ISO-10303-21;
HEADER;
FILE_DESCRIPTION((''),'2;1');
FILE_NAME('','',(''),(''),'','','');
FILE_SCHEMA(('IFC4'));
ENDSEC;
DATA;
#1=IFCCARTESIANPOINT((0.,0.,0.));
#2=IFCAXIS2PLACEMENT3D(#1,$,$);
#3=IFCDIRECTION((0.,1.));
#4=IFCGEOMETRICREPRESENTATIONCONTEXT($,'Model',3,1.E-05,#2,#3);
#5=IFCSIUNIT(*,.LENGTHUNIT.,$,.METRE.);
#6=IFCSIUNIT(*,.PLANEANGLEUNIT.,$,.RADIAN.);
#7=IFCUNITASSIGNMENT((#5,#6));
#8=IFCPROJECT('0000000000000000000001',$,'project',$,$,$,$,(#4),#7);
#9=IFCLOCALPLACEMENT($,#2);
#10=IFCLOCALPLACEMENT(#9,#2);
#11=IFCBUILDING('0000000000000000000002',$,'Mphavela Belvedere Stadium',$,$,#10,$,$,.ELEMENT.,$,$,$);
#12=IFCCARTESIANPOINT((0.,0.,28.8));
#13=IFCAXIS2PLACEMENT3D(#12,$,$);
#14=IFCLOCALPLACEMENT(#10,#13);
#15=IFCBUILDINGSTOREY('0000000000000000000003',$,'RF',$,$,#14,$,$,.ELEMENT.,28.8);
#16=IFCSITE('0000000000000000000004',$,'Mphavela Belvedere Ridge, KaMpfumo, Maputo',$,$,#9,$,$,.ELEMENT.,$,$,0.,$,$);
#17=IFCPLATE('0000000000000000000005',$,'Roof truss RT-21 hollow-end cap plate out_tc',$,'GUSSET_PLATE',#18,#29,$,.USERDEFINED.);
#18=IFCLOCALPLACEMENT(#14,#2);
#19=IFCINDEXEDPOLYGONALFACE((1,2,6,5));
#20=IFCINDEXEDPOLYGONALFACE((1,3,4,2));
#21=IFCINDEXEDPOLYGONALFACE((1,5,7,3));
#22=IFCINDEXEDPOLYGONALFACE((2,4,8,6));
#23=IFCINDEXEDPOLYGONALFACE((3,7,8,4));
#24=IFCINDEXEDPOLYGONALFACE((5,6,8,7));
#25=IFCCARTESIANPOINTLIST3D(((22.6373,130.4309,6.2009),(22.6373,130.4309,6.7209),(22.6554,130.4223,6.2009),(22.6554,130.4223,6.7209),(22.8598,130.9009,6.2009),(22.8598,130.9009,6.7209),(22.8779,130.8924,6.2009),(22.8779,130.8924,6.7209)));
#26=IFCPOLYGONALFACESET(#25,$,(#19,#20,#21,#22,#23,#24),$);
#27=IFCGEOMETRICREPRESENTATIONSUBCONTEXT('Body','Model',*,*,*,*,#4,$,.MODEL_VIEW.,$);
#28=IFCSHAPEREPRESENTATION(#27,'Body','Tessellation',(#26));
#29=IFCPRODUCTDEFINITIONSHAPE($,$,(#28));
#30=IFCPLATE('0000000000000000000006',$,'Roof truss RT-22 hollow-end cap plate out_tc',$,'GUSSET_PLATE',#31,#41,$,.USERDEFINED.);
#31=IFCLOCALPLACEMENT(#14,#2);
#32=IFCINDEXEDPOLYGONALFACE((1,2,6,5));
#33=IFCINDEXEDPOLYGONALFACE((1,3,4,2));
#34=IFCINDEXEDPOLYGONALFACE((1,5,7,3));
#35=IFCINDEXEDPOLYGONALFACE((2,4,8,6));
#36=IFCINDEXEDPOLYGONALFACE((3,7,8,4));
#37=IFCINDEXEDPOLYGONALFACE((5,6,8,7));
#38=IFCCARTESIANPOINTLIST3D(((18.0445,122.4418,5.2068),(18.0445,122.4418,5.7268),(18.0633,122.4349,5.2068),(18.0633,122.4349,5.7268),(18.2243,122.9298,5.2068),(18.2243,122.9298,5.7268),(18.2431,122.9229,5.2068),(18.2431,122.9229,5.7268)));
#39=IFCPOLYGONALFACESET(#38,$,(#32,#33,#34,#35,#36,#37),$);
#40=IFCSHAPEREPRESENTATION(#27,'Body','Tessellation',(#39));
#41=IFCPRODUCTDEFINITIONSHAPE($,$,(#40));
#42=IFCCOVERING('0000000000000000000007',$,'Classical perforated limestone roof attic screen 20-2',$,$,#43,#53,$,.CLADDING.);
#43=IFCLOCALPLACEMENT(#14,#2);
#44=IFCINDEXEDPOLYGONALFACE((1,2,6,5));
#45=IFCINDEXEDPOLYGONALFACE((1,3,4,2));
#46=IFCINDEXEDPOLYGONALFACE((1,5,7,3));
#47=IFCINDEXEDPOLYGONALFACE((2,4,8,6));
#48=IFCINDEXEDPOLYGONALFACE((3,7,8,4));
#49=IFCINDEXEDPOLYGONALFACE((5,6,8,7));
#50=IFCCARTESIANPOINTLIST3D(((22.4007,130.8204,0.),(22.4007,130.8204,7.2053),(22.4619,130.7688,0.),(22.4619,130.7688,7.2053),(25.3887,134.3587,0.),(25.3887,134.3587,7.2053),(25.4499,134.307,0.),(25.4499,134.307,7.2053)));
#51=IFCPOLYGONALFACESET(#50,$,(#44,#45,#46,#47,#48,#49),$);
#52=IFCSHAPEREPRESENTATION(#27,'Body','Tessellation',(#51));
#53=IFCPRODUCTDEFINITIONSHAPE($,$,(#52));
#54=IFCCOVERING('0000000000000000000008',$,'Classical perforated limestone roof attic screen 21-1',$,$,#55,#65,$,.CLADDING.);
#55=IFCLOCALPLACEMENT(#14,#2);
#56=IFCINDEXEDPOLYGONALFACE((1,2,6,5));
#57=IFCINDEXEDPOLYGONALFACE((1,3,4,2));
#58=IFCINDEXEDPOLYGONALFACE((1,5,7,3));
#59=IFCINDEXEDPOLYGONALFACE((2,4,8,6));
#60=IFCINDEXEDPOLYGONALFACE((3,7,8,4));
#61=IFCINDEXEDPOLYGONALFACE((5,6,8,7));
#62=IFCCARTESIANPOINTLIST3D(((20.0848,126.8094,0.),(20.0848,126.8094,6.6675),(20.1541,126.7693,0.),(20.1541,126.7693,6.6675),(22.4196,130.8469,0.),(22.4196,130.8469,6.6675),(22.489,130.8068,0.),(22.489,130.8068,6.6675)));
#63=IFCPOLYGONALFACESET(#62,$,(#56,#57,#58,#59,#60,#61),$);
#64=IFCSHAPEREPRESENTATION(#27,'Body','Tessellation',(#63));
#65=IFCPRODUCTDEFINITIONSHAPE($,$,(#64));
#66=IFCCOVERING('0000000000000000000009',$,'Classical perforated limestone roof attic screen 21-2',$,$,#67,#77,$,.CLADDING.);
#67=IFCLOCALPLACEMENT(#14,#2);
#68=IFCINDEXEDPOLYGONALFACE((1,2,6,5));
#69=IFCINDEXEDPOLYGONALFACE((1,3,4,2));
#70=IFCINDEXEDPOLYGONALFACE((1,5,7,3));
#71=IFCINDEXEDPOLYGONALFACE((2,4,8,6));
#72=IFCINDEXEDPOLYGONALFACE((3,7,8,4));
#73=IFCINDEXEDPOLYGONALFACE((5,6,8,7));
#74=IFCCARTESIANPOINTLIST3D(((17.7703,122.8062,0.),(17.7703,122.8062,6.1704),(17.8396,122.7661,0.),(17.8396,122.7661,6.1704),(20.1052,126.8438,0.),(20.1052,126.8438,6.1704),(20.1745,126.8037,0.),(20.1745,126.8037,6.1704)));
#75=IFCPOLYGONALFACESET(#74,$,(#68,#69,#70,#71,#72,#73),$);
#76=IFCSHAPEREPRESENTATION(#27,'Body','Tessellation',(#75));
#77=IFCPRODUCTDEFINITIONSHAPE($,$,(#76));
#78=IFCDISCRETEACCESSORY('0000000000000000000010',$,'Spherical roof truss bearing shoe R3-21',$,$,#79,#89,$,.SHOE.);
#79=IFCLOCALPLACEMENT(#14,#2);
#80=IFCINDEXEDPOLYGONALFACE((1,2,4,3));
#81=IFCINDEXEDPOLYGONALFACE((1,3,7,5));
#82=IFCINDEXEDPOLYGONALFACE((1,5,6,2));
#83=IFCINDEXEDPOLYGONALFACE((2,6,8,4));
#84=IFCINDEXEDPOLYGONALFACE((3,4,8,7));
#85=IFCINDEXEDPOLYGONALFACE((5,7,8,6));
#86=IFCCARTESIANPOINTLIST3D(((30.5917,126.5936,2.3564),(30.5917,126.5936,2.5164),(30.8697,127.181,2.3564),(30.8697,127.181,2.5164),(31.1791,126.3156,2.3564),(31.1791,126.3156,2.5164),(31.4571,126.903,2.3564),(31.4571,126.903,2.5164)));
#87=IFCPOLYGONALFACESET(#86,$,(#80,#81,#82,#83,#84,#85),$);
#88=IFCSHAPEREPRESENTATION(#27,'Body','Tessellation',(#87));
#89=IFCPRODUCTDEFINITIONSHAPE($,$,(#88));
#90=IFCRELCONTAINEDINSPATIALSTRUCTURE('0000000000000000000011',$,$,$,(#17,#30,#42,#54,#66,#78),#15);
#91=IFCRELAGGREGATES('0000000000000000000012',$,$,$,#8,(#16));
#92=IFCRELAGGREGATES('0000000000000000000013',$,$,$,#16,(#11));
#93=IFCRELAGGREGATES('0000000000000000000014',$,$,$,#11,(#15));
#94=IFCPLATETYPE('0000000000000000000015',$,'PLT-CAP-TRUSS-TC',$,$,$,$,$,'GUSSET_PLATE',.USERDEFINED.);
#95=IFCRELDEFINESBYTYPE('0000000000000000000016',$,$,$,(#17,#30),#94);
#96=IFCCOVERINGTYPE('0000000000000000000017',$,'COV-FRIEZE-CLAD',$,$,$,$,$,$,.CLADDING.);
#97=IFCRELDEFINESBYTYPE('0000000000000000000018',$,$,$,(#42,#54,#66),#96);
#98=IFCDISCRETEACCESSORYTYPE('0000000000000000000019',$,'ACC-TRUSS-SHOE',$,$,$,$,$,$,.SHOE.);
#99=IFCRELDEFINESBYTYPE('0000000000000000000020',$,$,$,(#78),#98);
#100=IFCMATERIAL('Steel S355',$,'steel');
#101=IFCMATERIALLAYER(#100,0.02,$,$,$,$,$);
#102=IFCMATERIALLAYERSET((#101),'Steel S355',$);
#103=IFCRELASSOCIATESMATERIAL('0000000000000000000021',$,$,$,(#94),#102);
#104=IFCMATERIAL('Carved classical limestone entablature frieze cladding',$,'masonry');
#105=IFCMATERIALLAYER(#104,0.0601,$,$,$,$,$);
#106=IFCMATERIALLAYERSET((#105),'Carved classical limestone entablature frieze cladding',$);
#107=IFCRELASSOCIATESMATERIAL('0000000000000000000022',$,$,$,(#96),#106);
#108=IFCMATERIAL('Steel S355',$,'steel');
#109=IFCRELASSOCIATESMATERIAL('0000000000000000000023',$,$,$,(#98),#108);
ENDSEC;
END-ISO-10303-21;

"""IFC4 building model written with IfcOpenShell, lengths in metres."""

from ifc_helpers import new_model, si_unit, direction, frame, origin, origin_2d, place, context, subcontext, project, spatial, rectangle, extrude, material, layer, layer_set, type_object, element, save


model = new_model("IFC4")

# Units and contexts
model_context = context("Model", 3, precision=1e-05, world=origin(), true_north=direction((0.0, 1.0)))
body_context = subcontext(model_context, "Body", "Model", "MODEL_VIEW")
ifc_project = project(units=[si_unit("LENGTHUNIT", "METRE"), si_unit("PLANEANGLEUNIT", "RADIAN")], contexts=[model_context])

# Site, building, storey
site_placement = place(None, origin())
site = spatial("IfcSite", under=ifc_project, at=site_placement, Name="Mphavela Belvedere Ridge, KaMpfumo, Maputo", CompositionType="ELEMENT", RefElevation=0.0)
building_placement = place(site_placement, origin())
building = spatial("IfcBuilding", under=site, at=building_placement, Name="Mphavela Belvedere Stadium", CompositionType="ELEMENT")
storey_placement = place(building_placement, frame((0.0, 0.0, 28.8)))
storey = spatial("IfcBuildingStorey", under=building, at=storey_placement, Name="RF", CompositionType="ELEMENT", Elevation=28.8)

# Plates
ifc_material_1 = material(Name="Steel S355", Category="steel")
ifc_layer_1 = layer(ifc_material_1, 0.02)
ifc_layer_set_1 = layer_set([ifc_layer_1], Name="Steel S355")
plate_type_1 = type_object("IfcPlateType", Name="PLT-CAP-TRUSS-TC", ElementType="GUSSET_PLATE", PredefinedType="USERDEFINED", material=ifc_layer_set_1)
for number, where, z_axis, x_axis, name in (
    (1, (22.7576, 130.6616, 6.2009), (0.0, 0.0, 1.0), (-0.903859, 0.427831, 0.0), "Roof truss RT-21 hollow-end cap plate out_tc"),
    (2, (18.1438, 122.6824, 5.2068), (0.0, 0.0, 1.0), (-0.938372, 0.345626, 0.0), "Roof truss RT-22 hollow-end cap plate out_tc"),
):
    element("IfcPlate", number, at=place(storey_placement, frame(where, z_axis=z_axis, x_axis=x_axis)), inside=storey, type_object=plate_type_1, Name=name, ObjectType="GUSSET_PLATE", PredefinedType="USERDEFINED", context=body_context, shape_type="SweptSolid", body=[
        extrude(rectangle(XDim=0.02, YDim=0.52, at=origin_2d()), origin(), (0.0, 0.0, 1.0), 0.52),
    ])

# Coverings
ifc_material_2 = material(Name="Carved classical limestone entablature frieze cladding", Category="masonry")
ifc_layer_2 = layer(ifc_material_2, 0.0601)
ifc_layer_set_2 = layer_set([ifc_layer_2], Name="Carved classical limestone entablature frieze cladding")
covering_type = type_object("IfcCoveringType", Name="COV-FRIEZE-CLAD", PredefinedType="CLADDING", material=ifc_layer_set_2)
covering_1_placement = place(storey_placement, frame((23.9253, 132.5637, 0.0), z_axis=(0.0, 0.0, 1.0), x_axis=(-0.645191, -0.764021, 0.0)))
element("IfcCovering", 3, at=covering_1_placement, inside=storey, type_object=covering_type, Name="Classical perforated limestone roof attic screen 20-2", PredefinedType="CLADDING", context=body_context, shape_type="SweptSolid", body=[
    extrude(rectangle(XDim=4.6311, YDim=0.0801, at=origin_2d()), origin(), (0.0, 0.0, 1.0), 7.2053),
])
covering_2_placement = place(storey_placement, frame((21.2869, 128.8081, 0.0), z_axis=(0.0, 0.0, 1.0), x_axis=(-0.500604, -0.865676, 0.0)))
element("IfcCovering", 4, at=covering_2_placement, inside=storey, type_object=covering_type, Name="Classical perforated limestone roof attic screen 21-1", PredefinedType="CLADDING", context=body_context, shape_type="SweptSolid", body=[
    extrude(rectangle(XDim=4.6641, YDim=0.0801, at=origin_2d()), origin(), (0.0, 0.0, 1.0), 6.6675),
])
covering_3_placement = place(storey_placement, frame((18.9724, 124.8049, 0.0), z_axis=(0.0, 0.0, 1.0), x_axis=(-0.500604, -0.865676, 0.0)))
element("IfcCovering", 5, at=covering_3_placement, inside=storey, type_object=covering_type, Name="Classical perforated limestone roof attic screen 21-2", PredefinedType="CLADDING", context=body_context, shape_type="SweptSolid", body=[
    extrude(rectangle(XDim=4.6641, YDim=0.0801, at=origin_2d()), origin(), (0.0, 0.0, 1.0), 6.1704),
])

# Discrete accessory
ifc_material_3 = material(Name="Steel S355", Category="steel")
discrete_accessory_type = type_object("IfcDiscreteAccessoryType", Name="ACC-TRUSS-SHOE", PredefinedType="SHOE", material=ifc_material_3)
discrete_accessory_placement = place(storey_placement, frame((31.0244, 126.7483, 2.3564), z_axis=(0.0, 0.0, 1.0), x_axis=(-0.903859, 0.427831, 0.0)))
element("IfcDiscreteAccessory", 6, at=discrete_accessory_placement, inside=storey, type_object=discrete_accessory_type, Name="Spherical roof truss bearing shoe R3-21", PredefinedType="SHOE", context=body_context, shape_type="SweptSolid", body=[
    extrude(rectangle(XDim=0.6499, YDim=0.6499, at=origin_2d()), origin(), (0.0, 0.0, 1.0), 0.1599),
])

save(model, "model.ifc")
